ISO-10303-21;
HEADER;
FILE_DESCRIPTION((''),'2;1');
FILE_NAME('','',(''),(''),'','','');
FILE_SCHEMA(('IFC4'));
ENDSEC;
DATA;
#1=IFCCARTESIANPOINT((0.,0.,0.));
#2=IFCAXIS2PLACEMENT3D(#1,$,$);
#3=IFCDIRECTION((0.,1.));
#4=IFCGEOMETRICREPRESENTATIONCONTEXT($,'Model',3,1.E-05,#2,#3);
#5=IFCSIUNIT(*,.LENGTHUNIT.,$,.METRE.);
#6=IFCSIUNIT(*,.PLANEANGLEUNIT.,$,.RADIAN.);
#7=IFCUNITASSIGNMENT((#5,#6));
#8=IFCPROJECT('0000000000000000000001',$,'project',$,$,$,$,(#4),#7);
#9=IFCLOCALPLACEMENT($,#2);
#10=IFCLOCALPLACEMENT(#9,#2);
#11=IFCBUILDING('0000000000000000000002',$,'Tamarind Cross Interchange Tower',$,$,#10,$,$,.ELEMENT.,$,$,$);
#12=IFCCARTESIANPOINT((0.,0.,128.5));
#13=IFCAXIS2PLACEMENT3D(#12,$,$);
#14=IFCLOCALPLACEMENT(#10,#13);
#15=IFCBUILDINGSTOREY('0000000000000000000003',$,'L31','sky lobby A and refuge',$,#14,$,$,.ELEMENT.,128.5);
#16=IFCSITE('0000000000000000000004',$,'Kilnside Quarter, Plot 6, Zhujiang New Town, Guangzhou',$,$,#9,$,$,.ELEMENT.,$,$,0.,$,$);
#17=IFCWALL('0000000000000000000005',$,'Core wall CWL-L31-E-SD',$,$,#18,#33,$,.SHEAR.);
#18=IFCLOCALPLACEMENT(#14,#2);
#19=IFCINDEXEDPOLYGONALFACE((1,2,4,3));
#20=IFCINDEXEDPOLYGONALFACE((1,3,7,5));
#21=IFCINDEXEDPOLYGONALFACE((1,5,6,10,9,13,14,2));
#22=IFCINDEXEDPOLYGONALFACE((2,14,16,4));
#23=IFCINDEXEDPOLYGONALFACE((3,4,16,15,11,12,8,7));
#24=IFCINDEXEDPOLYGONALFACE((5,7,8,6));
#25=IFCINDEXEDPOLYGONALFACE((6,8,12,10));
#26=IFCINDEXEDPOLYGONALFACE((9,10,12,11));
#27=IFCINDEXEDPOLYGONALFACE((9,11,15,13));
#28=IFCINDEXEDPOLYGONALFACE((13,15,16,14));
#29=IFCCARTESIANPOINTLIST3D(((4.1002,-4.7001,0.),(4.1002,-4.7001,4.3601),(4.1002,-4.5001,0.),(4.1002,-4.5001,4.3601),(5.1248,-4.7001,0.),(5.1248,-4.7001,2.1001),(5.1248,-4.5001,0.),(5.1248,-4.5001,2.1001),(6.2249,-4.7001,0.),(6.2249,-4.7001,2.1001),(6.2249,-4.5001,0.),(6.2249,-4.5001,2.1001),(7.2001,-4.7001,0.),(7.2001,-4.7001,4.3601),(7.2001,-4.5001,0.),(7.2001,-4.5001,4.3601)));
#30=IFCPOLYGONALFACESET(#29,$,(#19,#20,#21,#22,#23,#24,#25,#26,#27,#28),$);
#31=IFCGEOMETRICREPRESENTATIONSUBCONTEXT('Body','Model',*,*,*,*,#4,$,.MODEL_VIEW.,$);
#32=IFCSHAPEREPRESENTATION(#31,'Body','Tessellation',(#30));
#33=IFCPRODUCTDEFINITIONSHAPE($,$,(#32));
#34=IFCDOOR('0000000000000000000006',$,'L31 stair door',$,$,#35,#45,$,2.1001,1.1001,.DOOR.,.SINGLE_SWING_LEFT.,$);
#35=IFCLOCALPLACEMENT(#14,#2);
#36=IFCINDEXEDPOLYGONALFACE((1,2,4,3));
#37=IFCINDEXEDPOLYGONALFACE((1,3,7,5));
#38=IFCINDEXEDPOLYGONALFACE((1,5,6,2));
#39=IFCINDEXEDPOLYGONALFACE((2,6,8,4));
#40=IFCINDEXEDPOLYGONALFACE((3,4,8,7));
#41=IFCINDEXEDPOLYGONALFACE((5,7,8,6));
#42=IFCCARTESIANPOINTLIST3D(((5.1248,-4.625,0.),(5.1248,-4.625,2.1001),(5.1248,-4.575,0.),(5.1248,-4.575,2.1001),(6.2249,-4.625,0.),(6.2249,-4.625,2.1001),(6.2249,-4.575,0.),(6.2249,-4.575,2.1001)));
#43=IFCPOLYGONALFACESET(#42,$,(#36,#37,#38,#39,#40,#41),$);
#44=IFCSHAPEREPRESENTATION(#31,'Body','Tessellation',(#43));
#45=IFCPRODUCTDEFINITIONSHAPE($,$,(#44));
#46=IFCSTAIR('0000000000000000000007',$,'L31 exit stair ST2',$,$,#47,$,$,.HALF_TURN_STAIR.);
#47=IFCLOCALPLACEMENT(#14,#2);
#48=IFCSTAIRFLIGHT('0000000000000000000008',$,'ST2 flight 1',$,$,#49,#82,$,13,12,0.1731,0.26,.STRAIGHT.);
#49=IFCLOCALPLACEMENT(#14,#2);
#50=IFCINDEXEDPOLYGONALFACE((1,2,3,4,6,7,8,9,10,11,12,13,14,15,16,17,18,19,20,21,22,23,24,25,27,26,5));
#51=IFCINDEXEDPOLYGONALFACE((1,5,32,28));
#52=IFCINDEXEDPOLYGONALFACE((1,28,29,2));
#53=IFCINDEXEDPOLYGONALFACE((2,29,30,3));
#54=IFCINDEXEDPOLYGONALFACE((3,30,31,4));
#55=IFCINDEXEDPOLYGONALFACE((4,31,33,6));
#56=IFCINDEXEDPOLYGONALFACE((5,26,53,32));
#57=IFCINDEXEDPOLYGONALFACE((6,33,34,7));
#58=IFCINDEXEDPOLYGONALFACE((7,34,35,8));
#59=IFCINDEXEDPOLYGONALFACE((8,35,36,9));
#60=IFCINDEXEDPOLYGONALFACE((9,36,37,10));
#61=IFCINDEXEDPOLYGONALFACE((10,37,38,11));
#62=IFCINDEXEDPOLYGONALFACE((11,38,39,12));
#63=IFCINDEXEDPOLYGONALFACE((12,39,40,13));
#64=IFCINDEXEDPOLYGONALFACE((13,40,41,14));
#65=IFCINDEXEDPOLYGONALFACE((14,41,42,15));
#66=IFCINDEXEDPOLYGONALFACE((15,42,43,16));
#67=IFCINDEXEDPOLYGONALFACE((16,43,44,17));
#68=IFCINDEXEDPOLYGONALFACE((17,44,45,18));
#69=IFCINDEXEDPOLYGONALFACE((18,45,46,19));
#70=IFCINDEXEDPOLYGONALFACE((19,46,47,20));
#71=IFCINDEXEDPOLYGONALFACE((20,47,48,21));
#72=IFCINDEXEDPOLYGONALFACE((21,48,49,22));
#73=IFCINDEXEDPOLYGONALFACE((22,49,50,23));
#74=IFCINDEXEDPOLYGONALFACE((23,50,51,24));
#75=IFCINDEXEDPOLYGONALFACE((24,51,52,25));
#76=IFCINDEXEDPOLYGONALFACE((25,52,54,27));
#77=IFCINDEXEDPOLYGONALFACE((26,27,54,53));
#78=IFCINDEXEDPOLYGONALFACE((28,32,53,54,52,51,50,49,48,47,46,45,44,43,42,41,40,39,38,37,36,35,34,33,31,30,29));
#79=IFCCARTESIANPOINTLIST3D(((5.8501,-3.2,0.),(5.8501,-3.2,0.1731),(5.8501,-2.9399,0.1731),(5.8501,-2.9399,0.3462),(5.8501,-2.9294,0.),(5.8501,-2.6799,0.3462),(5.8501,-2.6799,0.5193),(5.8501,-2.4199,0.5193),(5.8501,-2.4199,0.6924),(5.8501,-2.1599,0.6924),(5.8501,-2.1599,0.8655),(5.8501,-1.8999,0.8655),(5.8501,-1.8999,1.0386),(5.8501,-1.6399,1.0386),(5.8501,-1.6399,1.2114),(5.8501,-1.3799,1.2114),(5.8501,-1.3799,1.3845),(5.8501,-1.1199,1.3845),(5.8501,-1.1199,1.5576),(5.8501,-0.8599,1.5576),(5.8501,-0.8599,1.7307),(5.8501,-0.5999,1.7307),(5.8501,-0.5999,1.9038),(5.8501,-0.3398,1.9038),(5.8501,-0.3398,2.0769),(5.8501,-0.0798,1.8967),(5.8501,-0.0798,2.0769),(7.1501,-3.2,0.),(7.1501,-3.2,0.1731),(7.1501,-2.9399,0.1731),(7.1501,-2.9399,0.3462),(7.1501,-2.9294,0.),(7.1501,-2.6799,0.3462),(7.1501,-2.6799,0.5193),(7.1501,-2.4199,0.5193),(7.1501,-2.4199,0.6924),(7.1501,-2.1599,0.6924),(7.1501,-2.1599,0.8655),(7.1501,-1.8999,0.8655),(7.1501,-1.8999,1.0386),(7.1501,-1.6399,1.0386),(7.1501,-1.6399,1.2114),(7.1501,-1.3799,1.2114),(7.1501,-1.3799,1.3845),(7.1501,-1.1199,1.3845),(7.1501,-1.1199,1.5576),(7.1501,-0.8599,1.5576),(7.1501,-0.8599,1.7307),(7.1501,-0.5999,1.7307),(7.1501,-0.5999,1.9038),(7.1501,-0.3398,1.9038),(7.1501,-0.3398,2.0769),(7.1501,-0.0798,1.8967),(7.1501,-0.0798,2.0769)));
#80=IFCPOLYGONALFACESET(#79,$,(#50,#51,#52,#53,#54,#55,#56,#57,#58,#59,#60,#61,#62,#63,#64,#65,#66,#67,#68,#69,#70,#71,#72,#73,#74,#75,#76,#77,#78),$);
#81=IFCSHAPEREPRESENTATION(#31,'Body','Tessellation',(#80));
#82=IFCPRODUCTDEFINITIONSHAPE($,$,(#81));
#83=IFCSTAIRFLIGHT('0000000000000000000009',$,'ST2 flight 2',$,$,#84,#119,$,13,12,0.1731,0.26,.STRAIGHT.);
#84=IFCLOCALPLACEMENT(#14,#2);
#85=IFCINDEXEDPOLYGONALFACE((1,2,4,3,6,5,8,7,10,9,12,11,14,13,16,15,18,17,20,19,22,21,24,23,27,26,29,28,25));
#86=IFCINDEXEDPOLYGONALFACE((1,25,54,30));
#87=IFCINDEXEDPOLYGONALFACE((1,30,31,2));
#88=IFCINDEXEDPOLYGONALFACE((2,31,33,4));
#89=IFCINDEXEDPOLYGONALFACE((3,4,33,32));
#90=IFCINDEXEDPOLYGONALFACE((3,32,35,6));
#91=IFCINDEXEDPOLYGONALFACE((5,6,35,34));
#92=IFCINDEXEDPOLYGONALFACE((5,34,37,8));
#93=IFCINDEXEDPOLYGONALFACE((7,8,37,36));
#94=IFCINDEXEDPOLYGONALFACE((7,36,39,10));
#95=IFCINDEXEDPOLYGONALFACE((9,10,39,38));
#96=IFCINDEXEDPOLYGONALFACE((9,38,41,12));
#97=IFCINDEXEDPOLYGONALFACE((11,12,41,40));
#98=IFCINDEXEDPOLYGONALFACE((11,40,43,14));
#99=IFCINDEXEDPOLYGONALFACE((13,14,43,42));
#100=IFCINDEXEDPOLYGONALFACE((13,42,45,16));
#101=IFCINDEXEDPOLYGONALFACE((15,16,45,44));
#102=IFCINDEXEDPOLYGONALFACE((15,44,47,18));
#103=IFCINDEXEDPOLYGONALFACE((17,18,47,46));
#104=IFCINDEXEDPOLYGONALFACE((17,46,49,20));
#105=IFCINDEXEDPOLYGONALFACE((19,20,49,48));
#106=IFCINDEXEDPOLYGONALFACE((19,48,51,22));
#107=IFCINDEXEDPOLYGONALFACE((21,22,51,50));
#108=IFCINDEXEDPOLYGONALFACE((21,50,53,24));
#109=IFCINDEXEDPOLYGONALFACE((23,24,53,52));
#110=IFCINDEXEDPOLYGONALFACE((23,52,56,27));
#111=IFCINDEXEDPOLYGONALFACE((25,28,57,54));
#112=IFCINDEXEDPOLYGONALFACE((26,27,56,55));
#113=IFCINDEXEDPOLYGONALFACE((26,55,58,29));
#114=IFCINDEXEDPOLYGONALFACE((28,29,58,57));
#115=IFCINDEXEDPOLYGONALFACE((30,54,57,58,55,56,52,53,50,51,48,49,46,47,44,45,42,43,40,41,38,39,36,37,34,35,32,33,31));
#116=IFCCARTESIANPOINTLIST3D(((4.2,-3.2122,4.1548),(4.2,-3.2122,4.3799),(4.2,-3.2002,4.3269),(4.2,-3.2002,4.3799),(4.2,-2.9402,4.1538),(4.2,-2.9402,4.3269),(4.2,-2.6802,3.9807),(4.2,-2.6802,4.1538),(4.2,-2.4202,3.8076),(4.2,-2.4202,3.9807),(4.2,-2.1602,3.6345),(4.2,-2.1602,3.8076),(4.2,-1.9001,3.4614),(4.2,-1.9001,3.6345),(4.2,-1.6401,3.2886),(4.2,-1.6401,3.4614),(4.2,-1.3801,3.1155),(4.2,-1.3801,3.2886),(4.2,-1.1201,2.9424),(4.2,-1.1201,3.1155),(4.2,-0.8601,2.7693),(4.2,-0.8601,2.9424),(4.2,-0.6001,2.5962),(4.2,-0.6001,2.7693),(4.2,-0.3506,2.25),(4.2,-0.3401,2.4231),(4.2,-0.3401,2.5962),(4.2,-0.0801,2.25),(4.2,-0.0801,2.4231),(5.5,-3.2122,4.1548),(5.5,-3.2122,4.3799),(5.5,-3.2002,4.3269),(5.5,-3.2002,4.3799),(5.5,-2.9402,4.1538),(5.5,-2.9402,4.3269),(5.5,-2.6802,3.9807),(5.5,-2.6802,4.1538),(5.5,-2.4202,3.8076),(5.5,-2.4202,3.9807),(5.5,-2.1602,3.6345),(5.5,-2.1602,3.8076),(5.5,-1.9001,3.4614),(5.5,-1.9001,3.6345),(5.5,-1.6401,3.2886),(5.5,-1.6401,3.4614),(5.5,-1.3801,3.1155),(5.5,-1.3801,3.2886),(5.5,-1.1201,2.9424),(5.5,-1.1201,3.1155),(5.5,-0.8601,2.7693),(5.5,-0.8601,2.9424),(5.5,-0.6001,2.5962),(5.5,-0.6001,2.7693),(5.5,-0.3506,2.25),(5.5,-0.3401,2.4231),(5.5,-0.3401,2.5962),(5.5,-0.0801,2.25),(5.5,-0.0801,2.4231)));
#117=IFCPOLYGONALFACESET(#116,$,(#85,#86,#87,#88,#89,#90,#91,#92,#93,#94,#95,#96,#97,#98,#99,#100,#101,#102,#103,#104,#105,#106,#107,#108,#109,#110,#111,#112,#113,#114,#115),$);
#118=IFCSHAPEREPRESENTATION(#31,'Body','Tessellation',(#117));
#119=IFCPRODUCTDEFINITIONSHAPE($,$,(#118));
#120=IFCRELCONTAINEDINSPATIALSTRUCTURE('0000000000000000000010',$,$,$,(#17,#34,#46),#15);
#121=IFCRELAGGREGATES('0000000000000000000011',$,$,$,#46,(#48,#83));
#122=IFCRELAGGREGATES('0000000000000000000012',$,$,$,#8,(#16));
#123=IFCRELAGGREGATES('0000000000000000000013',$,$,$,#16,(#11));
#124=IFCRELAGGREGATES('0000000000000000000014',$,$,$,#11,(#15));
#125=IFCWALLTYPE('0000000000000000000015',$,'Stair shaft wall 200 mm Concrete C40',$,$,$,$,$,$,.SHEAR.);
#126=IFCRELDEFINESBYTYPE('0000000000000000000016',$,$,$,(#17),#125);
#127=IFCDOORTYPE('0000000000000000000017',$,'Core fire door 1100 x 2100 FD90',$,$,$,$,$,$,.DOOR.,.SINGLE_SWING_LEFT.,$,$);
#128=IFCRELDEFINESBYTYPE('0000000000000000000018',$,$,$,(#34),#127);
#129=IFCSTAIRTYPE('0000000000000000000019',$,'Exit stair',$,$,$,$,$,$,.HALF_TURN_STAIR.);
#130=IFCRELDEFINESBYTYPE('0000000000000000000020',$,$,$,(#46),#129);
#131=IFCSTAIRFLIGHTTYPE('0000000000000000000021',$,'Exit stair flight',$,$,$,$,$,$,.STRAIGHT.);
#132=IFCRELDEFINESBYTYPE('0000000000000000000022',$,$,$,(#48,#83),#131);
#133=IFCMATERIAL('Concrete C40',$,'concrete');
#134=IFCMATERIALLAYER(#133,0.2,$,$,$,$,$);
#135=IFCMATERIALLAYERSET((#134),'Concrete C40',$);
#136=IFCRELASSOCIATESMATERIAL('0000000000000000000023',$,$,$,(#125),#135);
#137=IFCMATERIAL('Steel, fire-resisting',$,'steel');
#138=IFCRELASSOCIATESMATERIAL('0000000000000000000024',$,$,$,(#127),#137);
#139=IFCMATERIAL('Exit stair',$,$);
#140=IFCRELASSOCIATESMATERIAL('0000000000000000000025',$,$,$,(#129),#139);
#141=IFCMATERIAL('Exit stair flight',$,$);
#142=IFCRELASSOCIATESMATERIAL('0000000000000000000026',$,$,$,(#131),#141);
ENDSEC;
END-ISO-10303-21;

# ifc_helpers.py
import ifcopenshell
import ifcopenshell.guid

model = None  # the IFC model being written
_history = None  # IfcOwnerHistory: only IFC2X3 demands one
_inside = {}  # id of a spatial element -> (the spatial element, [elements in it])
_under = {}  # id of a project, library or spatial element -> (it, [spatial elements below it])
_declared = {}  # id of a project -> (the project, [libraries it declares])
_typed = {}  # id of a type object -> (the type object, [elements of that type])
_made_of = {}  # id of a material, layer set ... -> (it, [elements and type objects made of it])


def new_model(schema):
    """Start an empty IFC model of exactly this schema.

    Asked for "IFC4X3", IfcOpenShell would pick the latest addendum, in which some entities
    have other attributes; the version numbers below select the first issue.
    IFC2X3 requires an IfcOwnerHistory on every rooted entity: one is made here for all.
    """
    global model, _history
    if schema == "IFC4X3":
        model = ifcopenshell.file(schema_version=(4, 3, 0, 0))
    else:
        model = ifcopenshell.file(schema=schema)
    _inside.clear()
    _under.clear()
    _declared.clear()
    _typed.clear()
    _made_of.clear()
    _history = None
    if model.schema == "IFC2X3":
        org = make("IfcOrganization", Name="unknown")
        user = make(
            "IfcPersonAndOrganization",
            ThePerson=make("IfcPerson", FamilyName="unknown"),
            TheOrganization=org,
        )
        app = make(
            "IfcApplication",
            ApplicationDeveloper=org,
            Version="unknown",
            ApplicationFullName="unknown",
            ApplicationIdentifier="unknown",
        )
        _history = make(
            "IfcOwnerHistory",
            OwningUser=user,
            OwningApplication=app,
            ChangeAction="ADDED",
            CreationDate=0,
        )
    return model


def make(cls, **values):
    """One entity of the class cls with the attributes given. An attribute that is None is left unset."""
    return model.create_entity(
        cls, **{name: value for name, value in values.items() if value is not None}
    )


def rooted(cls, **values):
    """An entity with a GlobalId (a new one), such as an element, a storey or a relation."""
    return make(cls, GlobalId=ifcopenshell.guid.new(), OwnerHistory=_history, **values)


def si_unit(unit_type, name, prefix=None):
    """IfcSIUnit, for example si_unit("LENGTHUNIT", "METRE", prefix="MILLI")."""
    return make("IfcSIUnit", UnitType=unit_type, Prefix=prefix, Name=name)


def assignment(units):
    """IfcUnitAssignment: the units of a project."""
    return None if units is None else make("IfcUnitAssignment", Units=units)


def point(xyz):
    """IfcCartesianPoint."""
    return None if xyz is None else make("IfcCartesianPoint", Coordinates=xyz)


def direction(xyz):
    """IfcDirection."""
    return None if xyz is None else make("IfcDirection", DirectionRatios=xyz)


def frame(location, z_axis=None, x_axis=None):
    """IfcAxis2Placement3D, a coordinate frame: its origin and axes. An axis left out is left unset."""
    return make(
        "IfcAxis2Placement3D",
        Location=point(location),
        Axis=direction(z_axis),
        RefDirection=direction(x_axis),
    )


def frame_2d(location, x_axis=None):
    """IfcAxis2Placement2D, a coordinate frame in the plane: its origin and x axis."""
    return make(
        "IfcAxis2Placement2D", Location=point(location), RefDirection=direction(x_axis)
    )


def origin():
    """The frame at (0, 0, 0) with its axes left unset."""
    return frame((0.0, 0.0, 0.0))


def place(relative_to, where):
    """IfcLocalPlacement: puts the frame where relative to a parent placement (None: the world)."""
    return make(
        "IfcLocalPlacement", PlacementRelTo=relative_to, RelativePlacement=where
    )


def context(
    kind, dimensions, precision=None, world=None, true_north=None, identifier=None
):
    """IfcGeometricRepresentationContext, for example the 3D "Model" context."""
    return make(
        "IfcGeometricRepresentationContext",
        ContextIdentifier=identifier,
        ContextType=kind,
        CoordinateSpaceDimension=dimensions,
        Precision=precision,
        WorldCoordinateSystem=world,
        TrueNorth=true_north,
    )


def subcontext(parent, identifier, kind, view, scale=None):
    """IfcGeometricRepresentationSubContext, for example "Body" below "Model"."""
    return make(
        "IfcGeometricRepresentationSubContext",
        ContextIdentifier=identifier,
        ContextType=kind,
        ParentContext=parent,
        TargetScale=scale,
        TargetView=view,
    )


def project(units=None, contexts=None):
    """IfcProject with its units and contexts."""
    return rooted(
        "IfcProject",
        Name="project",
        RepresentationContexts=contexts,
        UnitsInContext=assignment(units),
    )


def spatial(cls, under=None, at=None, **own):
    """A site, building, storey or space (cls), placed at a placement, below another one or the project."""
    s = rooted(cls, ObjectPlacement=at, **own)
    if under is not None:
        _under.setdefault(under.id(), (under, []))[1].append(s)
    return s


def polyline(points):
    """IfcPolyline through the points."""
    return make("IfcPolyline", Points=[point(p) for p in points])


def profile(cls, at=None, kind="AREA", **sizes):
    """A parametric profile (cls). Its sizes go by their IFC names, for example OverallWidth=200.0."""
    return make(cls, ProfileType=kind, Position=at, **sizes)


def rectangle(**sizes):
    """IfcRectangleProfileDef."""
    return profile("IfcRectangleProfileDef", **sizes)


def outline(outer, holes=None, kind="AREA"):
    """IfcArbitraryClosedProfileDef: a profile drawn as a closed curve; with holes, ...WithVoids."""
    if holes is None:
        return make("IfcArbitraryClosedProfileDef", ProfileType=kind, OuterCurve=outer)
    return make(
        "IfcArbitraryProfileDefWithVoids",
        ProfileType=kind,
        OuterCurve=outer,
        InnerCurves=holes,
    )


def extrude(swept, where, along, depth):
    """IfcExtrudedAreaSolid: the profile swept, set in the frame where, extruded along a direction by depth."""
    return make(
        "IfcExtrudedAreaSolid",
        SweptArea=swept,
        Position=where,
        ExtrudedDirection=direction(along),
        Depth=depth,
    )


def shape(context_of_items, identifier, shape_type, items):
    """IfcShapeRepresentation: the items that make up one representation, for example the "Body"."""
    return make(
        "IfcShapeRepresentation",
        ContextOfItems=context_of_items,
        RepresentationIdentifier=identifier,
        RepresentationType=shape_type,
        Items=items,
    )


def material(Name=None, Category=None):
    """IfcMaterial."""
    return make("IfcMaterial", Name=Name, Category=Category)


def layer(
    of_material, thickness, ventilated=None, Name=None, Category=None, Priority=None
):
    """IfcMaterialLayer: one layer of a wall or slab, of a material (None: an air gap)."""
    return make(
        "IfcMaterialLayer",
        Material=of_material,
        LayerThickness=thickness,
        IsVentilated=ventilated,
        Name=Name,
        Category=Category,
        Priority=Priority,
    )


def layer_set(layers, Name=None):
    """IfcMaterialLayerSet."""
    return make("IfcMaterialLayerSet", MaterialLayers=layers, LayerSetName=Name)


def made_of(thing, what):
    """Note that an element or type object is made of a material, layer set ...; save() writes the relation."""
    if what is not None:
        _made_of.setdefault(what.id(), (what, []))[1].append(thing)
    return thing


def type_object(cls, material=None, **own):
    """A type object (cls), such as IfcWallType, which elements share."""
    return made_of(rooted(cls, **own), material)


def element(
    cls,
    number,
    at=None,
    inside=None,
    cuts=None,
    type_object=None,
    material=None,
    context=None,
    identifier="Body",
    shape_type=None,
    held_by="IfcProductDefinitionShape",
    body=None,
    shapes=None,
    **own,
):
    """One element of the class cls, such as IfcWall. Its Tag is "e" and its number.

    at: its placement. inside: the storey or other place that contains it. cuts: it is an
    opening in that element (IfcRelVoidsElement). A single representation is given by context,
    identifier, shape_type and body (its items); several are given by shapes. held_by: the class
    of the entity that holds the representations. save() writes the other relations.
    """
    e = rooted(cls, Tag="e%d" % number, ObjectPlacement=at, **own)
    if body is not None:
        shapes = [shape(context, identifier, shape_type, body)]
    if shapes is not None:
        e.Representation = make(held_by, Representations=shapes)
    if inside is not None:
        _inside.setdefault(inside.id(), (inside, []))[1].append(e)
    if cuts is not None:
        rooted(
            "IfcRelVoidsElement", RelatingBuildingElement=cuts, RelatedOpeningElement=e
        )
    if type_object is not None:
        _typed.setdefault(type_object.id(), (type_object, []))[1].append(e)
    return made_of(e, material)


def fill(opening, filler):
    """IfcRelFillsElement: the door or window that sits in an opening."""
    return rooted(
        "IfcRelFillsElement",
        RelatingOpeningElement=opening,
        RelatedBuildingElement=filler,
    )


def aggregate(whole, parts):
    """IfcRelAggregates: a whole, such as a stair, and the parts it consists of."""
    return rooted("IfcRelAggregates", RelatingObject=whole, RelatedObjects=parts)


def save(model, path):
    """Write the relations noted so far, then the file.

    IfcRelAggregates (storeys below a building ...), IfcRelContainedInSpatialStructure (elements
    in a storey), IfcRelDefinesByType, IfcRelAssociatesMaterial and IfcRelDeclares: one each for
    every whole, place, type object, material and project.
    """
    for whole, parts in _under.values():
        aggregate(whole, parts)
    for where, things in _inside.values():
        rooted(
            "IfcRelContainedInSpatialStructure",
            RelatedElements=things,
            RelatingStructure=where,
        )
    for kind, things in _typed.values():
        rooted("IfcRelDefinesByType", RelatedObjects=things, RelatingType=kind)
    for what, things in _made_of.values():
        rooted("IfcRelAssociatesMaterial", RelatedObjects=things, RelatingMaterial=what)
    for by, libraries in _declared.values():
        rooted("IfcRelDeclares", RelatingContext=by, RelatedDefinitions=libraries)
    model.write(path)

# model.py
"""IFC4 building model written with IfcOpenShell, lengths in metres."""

from ifc_helpers import new_model, si_unit, direction, frame, frame_2d, origin, place, context, subcontext, project, spatial, polyline, rectangle, outline, extrude, material, layer, layer_set, type_object, element, fill, aggregate, save


model = new_model("IFC4")

# Units and contexts
model_context = context("Model", 3, precision=1e-05, world=origin(), true_north=direction((0.0, 1.0)))
body_context = subcontext(model_context, "Body", "Model", "MODEL_VIEW")
ifc_project = project(units=[si_unit("LENGTHUNIT", "METRE"), si_unit("PLANEANGLEUNIT", "RADIAN")], contexts=[model_context])

# Site, building, storey
site_placement = place(None, origin())
site = spatial("IfcSite", under=ifc_project, at=site_placement, Name="Kilnside Quarter, Plot 6, Zhujiang New Town, Guangzhou", CompositionType="ELEMENT", RefElevation=0.0)
building_placement = place(site_placement, origin())
building = spatial("IfcBuilding", under=site, at=building_placement, Name="Tamarind Cross Interchange Tower", CompositionType="ELEMENT")
storey_placement = place(building_placement, frame((0.0, 0.0, 128.5)))
storey = spatial("IfcBuildingStorey", under=building, at=storey_placement, Name="L31", Description="sky lobby A and refuge", CompositionType="ELEMENT", Elevation=128.5)

# Shared definitions
ifc_material_1 = material(Name="Steel, fire-resisting", Category="steel")

# Wall, opening, door
ifc_material_2 = material(Name="Concrete C40", Category="concrete")
ifc_layer_1 = layer(ifc_material_2, 0.2)
ifc_layer_set_1 = layer_set([ifc_layer_1], Name="Concrete C40")
wall_type_1 = type_object("IfcWallType", Name="Stair shaft wall 200 mm Concrete C40", PredefinedType="SHEAR", material=ifc_layer_set_1)
wall_1_placement = place(storey_placement, frame((7.2, -4.6001, 0.0), z_axis=(0.0, 0.0, 1.0), x_axis=(-1.0, 0.0, 0.0)))
wall_1 = element("IfcWall", 1, at=wall_1_placement, inside=storey, type_object=wall_type_1, Name="Core wall CWL-L31-E-SD", PredefinedType="SHEAR", context=body_context, shape_type="SweptSolid", body=[
    extrude(rectangle(XDim=3.0999, YDim=0.2, at=frame_2d((1.5498, 0.0))), origin(), (0.0, 0.0, 1.0), 4.3601),
])
opening_1_placement = place(wall_1_placement, frame((0.9751, 0.0, 0.0)))
opening_1 = element("IfcOpeningElement", 2, at=opening_1_placement, cuts=wall_1, PredefinedType="OPENING", context=body_context, shape_type="SweptSolid", body=[
    extrude(rectangle(XDim=1.1001, YDim=2.1001, at=frame_2d((0.55, 1.05))), frame((0.0, 0.1099, 0.0), z_axis=(0.0, -1.0, 0.0), x_axis=(1.0, 0.0, 0.0)), (0.0, 0.0, 1.0), 0.22),
])
door_type_1 = type_object("IfcDoorType", Name="Core fire door 1100 x 2100 FD90", OperationType="SINGLE_SWING_LEFT", PredefinedType="DOOR", material=ifc_material_1)
door_1_placement = place(opening_1_placement, origin())
door_1 = element("IfcDoor", 3, at=door_1_placement, inside=storey, type_object=door_type_1, Name="L31 stair door", OperationType="SINGLE_SWING_LEFT", OverallHeight=2.1001, OverallWidth=1.1001, PredefinedType="DOOR", context=body_context, shape_type="SweptSolid", body=[
    extrude(rectangle(XDim=1.1001, YDim=2.1001, at=frame_2d((0.55, 1.05))), frame((0.0, 0.0249, 0.0), z_axis=(0.0, -1.0, 0.0), x_axis=(1.0, 0.0, 0.0)), (0.0, 0.0, 1.0), 0.05),
])
fill(opening_1, door_1)

# Stair, stair flights
ifc_material_3 = material(Name="Exit stair")
stair_type = type_object("IfcStairType", Name="Exit stair", PredefinedType="HALF_TURN_STAIR", material=ifc_material_3)
stair_placement = place(storey_placement, origin())
stair = element("IfcStair", 4, at=stair_placement, inside=storey, type_object=stair_type, Name="L31 exit stair ST2", PredefinedType="HALF_TURN_STAIR")
ifc_material_4 = material(Name="Exit stair flight")
stair_flight_type = type_object("IfcStairFlightType", Name="Exit stair flight", PredefinedType="STRAIGHT", material=ifc_material_4)
stair_flight_1_placement = place(storey_placement, frame((6.5, -3.2, 0.0), z_axis=(0.0, 0.0, 1.0), x_axis=(0.0, 1.0, 0.0)))
stair_flight_1 = element("IfcStairFlight", 5, at=stair_flight_1_placement, type_object=stair_flight_type, Name="ST2 flight 1", NumberOfRisers=13, NumberOfTreads=12, PredefinedType="STRAIGHT", RiserHeight=0.1731, TreadLength=0.26, context=body_context, shape_type="SweptSolid", body=[
    extrude(outline(polyline([(0.0, 0.0), (0.0, 0.1731), (0.26, 0.1731), (0.26, 0.3462), (0.52, 0.3462), (0.52, 0.5193), (0.78, 0.5193), (0.78, 0.6924), (1.04, 0.6924), (1.04, 0.8655), (1.3, 0.8655), (1.3, 1.0386), (1.5601, 1.0386), (1.5601, 1.2114), (1.8201, 1.2114), (1.8201, 1.3845), (2.0801, 1.3845), (2.0801, 1.5576), (2.3401, 1.5576), (2.3401, 1.7307), (2.6001, 1.7307), (2.6001, 1.9038), (2.8601, 1.9038), (2.8601, 2.0769), (3.1201, 2.0769), (3.1201, 2.25), (3.1201, 1.8967), (0.2705, 0.0), (0.0, 0.0)])), frame((0.0, 0.6499, 0.0), z_axis=(0.0, -1.0, 0.0), x_axis=(1.0, 0.0, 0.0)), (0.0, 0.0, 1.0), 1.3),
])
stair_flight_2_placement = place(storey_placement, frame((4.8501, -0.0801, 2.25), z_axis=(0.0, 0.0, 1.0), x_axis=(0.0, -1.0, 0.0)))
stair_flight_2 = element("IfcStairFlight", 6, at=stair_flight_2_placement, type_object=stair_flight_type, Name="ST2 flight 2", NumberOfRisers=13, NumberOfTreads=12, PredefinedType="STRAIGHT", RiserHeight=0.1731, TreadLength=0.26, context=body_context, shape_type="SweptSolid", body=[
    extrude(outline(polyline([(0.0, 0.0), (0.0, 0.1731), (0.26, 0.1731), (0.26, 0.3462), (0.52, 0.3462), (0.52, 0.5193), (0.78, 0.5193), (0.78, 0.6924), (1.04, 0.6924), (1.04, 0.8655), (1.3, 0.8655), (1.3, 1.0386), (1.5601, 1.0386), (1.5601, 1.2114), (1.8201, 1.2114), (1.8201, 1.3845), (2.0801, 1.3845), (2.0801, 1.5576), (2.3401, 1.5576), (2.3401, 1.7307), (2.6001, 1.7307), (2.6001, 1.9038), (2.8601, 1.9038), (2.8601, 2.0769), (3.1201, 2.0769), (3.1201, 2.1299), (3.1321, 2.1299), (3.1321, 1.9048), (0.2705, 0.0), (0.0, 0.0)])), frame((0.0, 0.6499, 0.0), z_axis=(0.0, -1.0, 0.0), x_axis=(1.0, 0.0, 0.0)), (0.0, 0.0, 1.0), 1.3),
])
aggregate(stair, [stair_flight_1, stair_flight_2])

save(model, "model.ifc")
